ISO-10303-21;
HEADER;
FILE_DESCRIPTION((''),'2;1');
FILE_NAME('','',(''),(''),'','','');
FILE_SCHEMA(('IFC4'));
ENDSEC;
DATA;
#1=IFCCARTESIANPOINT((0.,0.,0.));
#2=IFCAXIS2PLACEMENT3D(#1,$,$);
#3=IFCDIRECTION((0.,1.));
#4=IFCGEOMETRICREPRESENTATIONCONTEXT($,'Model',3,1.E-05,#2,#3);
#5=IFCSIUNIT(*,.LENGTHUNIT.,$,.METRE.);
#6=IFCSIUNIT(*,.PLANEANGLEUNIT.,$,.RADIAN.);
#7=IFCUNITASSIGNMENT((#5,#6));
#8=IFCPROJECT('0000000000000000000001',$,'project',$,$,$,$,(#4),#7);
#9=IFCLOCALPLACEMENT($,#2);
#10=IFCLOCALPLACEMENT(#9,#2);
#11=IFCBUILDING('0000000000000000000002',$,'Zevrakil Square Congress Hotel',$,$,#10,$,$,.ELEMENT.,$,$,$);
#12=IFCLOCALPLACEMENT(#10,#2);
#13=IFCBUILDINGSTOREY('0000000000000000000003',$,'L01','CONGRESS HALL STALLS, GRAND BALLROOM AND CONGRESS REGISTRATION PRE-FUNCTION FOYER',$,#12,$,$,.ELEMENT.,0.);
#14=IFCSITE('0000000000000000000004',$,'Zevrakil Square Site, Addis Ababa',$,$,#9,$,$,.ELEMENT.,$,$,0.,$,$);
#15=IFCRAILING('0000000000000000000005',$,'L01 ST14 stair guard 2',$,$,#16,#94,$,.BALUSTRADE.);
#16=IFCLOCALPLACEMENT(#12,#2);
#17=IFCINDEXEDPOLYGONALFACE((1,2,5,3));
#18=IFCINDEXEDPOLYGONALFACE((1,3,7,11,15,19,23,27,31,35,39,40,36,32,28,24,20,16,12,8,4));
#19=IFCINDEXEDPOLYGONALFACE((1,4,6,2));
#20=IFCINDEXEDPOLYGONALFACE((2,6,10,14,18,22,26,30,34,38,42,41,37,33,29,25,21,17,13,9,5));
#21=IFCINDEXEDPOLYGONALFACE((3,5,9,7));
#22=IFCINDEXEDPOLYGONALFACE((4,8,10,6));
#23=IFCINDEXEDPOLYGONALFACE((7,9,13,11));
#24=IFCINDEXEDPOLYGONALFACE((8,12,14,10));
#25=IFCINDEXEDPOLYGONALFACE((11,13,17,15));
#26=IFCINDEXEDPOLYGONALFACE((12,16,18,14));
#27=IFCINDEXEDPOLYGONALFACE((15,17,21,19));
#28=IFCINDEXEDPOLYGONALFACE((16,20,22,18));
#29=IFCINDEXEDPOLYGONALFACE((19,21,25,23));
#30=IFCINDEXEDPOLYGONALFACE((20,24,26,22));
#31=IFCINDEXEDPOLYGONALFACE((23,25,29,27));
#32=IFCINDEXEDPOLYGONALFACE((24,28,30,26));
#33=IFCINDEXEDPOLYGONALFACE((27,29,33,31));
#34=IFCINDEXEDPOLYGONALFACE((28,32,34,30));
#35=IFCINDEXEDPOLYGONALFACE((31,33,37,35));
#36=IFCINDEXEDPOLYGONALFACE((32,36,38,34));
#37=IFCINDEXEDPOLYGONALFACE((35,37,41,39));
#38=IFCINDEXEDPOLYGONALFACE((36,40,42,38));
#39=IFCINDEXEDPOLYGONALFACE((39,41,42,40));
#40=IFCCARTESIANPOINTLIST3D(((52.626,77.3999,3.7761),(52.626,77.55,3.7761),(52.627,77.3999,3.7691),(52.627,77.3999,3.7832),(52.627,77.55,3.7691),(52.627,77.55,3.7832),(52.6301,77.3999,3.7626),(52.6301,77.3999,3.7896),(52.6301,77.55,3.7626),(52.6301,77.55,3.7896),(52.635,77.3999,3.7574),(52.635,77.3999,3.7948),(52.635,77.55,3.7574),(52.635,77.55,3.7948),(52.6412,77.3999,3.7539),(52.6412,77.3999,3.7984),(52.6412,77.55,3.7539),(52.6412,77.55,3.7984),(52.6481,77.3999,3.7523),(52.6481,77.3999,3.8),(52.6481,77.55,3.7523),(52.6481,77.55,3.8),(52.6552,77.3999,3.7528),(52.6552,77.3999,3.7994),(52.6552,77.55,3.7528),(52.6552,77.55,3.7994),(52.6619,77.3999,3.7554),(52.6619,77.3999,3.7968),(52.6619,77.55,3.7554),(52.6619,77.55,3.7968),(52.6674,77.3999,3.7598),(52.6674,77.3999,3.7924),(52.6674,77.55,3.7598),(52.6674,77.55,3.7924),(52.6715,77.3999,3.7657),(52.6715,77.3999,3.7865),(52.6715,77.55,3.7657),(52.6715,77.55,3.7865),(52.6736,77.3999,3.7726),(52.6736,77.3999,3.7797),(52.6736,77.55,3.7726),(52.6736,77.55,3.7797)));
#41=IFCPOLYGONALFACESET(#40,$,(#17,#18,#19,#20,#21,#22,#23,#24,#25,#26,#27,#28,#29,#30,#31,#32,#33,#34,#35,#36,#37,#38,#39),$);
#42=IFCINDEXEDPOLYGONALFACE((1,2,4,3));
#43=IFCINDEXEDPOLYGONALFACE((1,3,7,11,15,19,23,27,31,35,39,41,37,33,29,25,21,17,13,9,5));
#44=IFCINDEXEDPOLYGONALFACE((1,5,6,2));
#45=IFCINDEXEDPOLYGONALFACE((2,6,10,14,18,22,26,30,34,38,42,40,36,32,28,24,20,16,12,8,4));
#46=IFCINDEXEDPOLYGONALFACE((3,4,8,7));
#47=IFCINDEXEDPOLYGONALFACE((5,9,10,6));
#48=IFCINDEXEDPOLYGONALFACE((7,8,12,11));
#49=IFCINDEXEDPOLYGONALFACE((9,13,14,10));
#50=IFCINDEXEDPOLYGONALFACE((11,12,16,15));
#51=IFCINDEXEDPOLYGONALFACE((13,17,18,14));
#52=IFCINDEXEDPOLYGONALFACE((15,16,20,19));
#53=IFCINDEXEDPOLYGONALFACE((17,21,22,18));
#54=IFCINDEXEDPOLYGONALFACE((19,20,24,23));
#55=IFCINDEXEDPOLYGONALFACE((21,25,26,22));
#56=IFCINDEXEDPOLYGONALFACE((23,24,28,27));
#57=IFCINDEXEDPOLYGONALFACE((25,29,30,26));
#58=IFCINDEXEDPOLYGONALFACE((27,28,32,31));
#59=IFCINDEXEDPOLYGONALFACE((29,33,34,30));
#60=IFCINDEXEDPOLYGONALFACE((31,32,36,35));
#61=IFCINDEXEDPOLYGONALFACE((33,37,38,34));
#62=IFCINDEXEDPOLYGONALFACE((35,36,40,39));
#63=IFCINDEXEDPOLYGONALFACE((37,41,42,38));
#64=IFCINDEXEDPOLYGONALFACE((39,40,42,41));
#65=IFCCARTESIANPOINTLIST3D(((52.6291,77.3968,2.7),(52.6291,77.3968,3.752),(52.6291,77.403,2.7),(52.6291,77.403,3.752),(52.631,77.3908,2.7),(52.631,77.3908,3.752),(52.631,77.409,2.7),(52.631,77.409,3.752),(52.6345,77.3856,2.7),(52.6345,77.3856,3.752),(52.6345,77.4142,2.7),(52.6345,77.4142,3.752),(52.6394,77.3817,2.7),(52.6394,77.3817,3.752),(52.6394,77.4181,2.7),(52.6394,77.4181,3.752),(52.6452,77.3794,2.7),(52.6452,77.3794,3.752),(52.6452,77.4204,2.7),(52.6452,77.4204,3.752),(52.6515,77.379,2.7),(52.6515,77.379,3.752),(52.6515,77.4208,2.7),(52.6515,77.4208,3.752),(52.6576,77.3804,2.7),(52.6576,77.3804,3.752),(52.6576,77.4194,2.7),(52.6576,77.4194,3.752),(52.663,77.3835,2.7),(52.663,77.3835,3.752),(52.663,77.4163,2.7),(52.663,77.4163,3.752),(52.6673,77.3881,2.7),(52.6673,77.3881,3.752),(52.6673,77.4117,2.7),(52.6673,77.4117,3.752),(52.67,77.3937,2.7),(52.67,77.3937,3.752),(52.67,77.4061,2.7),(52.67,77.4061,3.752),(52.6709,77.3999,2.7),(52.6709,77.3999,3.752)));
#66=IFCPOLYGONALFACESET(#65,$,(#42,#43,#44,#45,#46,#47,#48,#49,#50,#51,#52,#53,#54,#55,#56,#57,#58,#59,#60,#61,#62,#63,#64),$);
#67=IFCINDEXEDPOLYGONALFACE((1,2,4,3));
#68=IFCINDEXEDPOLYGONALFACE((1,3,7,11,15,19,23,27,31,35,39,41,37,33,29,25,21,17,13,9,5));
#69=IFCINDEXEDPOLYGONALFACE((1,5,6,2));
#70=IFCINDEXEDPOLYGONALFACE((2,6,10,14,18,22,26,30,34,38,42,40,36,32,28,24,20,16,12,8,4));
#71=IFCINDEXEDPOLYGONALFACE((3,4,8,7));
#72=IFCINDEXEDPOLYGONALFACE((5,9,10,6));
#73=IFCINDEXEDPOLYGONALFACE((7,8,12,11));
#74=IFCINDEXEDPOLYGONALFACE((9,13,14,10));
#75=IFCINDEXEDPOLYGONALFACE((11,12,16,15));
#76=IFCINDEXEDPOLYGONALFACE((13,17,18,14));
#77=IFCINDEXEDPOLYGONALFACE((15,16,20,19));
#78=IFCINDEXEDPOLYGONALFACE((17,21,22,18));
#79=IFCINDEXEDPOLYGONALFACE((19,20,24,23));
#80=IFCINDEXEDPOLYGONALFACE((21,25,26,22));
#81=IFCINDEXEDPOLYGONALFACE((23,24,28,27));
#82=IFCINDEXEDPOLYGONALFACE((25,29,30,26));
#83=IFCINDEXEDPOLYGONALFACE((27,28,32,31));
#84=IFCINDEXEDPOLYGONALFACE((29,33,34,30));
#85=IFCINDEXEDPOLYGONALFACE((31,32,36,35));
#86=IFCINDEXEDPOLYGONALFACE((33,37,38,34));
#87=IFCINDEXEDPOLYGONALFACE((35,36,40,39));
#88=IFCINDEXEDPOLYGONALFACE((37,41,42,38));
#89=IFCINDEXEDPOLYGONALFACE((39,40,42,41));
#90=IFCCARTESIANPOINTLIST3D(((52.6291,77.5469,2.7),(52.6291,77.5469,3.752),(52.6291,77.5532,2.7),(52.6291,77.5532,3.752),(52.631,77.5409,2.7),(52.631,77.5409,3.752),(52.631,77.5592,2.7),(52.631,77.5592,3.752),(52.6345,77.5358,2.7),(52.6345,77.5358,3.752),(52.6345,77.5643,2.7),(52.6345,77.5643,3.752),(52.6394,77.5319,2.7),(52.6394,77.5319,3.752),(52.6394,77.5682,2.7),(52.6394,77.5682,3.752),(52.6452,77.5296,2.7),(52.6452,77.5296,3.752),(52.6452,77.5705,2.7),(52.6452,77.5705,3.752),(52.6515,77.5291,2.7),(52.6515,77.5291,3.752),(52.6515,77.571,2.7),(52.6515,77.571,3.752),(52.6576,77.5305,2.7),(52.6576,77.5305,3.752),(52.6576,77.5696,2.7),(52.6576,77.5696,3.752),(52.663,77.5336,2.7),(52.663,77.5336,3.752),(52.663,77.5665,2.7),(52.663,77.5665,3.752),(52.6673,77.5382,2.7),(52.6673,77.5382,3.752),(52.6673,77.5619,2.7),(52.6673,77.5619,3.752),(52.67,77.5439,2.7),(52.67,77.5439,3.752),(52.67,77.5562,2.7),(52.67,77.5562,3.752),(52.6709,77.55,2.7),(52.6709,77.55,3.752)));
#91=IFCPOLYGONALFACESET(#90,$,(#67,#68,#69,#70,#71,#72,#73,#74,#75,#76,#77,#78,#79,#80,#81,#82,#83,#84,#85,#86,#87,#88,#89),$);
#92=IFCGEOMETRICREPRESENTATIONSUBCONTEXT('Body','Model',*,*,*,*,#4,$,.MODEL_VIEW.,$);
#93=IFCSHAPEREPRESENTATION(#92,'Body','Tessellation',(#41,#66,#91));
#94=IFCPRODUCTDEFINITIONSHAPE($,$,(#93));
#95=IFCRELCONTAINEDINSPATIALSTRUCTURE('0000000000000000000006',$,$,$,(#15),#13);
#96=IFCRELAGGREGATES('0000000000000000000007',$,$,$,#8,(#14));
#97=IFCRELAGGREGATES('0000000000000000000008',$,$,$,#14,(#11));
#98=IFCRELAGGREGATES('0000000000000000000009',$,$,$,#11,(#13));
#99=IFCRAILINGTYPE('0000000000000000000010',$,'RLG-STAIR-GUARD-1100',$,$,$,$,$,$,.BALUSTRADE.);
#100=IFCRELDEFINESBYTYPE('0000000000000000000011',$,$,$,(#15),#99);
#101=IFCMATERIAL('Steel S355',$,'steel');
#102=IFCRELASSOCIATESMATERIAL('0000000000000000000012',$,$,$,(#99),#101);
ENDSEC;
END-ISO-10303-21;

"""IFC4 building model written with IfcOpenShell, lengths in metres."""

from ifc_helpers import new_model, si_unit, direction, frame, origin, origin_2d, place, context, subcontext, project, spatial, circle, extrude, material, type_object, element, save


model = new_model("IFC4")

# Units and contexts
model_context = context("Model", 3, precision=1e-05, world=origin(), true_north=direction((0.0, 1.0)))
body_context = subcontext(model_context, "Body", "Model", "MODEL_VIEW")
ifc_project = project(units=[si_unit("LENGTHUNIT", "METRE"), si_unit("PLANEANGLEUNIT", "RADIAN")], contexts=[model_context])

# Site, building, storey
site_placement = place(None, origin())
site = spatial("IfcSite", under=ifc_project, at=site_placement, Name="Zevrakil Square Site, Addis Ababa", CompositionType="ELEMENT", RefElevation=0.0)
building_placement = place(site_placement, origin())
building = spatial("IfcBuilding", under=site, at=building_placement, Name="Zevrakil Square Congress Hotel", CompositionType="ELEMENT")
storey_placement = place(building_placement, origin())
storey = spatial("IfcBuildingStorey", under=building, at=storey_placement, Name="L01", Description="CONGRESS HALL STALLS, GRAND BALLROOM AND CONGRESS REGISTRATION PRE-FUNCTION FOYER", CompositionType="ELEMENT", Elevation=0.0)

# Railing
ifc_material_1 = material(Name="Steel S355", Category="steel")
railing_type_1 = type_object("IfcRailingType", Name="RLG-STAIR-GUARD-1100", PredefinedType="BALUSTRADE", material=ifc_material_1)
railing_1_placement = place(storey_placement, frame((52.6499, 77.3999, 2.7)))
element("IfcRailing", 1, at=railing_1_placement, inside=storey, type_object=railing_type_1, Name="L01 ST14 stair guard 2", PredefinedType="BALUSTRADE", context=body_context, shape_type="SweptSolid", body=[
    extrude(circle(Radius=0.0239, at=origin_2d()), frame((0.0, 0.0, 1.0762), z_axis=(0.0, 1.0, 0.0), x_axis=(-1.0, 0.0, 0.0)), (0.0, 0.0, 1.0), 0.1501),
    extrude(circle(Radius=0.021, at=origin_2d()), origin(), (0.0, 0.0, 1.0), 1.052),
    extrude(circle(Radius=0.021, at=origin_2d()), frame((0.0, 0.1501, 0.0)), (0.0, 0.0, 1.0), 1.052),
])

save(model, "model.ifc")
